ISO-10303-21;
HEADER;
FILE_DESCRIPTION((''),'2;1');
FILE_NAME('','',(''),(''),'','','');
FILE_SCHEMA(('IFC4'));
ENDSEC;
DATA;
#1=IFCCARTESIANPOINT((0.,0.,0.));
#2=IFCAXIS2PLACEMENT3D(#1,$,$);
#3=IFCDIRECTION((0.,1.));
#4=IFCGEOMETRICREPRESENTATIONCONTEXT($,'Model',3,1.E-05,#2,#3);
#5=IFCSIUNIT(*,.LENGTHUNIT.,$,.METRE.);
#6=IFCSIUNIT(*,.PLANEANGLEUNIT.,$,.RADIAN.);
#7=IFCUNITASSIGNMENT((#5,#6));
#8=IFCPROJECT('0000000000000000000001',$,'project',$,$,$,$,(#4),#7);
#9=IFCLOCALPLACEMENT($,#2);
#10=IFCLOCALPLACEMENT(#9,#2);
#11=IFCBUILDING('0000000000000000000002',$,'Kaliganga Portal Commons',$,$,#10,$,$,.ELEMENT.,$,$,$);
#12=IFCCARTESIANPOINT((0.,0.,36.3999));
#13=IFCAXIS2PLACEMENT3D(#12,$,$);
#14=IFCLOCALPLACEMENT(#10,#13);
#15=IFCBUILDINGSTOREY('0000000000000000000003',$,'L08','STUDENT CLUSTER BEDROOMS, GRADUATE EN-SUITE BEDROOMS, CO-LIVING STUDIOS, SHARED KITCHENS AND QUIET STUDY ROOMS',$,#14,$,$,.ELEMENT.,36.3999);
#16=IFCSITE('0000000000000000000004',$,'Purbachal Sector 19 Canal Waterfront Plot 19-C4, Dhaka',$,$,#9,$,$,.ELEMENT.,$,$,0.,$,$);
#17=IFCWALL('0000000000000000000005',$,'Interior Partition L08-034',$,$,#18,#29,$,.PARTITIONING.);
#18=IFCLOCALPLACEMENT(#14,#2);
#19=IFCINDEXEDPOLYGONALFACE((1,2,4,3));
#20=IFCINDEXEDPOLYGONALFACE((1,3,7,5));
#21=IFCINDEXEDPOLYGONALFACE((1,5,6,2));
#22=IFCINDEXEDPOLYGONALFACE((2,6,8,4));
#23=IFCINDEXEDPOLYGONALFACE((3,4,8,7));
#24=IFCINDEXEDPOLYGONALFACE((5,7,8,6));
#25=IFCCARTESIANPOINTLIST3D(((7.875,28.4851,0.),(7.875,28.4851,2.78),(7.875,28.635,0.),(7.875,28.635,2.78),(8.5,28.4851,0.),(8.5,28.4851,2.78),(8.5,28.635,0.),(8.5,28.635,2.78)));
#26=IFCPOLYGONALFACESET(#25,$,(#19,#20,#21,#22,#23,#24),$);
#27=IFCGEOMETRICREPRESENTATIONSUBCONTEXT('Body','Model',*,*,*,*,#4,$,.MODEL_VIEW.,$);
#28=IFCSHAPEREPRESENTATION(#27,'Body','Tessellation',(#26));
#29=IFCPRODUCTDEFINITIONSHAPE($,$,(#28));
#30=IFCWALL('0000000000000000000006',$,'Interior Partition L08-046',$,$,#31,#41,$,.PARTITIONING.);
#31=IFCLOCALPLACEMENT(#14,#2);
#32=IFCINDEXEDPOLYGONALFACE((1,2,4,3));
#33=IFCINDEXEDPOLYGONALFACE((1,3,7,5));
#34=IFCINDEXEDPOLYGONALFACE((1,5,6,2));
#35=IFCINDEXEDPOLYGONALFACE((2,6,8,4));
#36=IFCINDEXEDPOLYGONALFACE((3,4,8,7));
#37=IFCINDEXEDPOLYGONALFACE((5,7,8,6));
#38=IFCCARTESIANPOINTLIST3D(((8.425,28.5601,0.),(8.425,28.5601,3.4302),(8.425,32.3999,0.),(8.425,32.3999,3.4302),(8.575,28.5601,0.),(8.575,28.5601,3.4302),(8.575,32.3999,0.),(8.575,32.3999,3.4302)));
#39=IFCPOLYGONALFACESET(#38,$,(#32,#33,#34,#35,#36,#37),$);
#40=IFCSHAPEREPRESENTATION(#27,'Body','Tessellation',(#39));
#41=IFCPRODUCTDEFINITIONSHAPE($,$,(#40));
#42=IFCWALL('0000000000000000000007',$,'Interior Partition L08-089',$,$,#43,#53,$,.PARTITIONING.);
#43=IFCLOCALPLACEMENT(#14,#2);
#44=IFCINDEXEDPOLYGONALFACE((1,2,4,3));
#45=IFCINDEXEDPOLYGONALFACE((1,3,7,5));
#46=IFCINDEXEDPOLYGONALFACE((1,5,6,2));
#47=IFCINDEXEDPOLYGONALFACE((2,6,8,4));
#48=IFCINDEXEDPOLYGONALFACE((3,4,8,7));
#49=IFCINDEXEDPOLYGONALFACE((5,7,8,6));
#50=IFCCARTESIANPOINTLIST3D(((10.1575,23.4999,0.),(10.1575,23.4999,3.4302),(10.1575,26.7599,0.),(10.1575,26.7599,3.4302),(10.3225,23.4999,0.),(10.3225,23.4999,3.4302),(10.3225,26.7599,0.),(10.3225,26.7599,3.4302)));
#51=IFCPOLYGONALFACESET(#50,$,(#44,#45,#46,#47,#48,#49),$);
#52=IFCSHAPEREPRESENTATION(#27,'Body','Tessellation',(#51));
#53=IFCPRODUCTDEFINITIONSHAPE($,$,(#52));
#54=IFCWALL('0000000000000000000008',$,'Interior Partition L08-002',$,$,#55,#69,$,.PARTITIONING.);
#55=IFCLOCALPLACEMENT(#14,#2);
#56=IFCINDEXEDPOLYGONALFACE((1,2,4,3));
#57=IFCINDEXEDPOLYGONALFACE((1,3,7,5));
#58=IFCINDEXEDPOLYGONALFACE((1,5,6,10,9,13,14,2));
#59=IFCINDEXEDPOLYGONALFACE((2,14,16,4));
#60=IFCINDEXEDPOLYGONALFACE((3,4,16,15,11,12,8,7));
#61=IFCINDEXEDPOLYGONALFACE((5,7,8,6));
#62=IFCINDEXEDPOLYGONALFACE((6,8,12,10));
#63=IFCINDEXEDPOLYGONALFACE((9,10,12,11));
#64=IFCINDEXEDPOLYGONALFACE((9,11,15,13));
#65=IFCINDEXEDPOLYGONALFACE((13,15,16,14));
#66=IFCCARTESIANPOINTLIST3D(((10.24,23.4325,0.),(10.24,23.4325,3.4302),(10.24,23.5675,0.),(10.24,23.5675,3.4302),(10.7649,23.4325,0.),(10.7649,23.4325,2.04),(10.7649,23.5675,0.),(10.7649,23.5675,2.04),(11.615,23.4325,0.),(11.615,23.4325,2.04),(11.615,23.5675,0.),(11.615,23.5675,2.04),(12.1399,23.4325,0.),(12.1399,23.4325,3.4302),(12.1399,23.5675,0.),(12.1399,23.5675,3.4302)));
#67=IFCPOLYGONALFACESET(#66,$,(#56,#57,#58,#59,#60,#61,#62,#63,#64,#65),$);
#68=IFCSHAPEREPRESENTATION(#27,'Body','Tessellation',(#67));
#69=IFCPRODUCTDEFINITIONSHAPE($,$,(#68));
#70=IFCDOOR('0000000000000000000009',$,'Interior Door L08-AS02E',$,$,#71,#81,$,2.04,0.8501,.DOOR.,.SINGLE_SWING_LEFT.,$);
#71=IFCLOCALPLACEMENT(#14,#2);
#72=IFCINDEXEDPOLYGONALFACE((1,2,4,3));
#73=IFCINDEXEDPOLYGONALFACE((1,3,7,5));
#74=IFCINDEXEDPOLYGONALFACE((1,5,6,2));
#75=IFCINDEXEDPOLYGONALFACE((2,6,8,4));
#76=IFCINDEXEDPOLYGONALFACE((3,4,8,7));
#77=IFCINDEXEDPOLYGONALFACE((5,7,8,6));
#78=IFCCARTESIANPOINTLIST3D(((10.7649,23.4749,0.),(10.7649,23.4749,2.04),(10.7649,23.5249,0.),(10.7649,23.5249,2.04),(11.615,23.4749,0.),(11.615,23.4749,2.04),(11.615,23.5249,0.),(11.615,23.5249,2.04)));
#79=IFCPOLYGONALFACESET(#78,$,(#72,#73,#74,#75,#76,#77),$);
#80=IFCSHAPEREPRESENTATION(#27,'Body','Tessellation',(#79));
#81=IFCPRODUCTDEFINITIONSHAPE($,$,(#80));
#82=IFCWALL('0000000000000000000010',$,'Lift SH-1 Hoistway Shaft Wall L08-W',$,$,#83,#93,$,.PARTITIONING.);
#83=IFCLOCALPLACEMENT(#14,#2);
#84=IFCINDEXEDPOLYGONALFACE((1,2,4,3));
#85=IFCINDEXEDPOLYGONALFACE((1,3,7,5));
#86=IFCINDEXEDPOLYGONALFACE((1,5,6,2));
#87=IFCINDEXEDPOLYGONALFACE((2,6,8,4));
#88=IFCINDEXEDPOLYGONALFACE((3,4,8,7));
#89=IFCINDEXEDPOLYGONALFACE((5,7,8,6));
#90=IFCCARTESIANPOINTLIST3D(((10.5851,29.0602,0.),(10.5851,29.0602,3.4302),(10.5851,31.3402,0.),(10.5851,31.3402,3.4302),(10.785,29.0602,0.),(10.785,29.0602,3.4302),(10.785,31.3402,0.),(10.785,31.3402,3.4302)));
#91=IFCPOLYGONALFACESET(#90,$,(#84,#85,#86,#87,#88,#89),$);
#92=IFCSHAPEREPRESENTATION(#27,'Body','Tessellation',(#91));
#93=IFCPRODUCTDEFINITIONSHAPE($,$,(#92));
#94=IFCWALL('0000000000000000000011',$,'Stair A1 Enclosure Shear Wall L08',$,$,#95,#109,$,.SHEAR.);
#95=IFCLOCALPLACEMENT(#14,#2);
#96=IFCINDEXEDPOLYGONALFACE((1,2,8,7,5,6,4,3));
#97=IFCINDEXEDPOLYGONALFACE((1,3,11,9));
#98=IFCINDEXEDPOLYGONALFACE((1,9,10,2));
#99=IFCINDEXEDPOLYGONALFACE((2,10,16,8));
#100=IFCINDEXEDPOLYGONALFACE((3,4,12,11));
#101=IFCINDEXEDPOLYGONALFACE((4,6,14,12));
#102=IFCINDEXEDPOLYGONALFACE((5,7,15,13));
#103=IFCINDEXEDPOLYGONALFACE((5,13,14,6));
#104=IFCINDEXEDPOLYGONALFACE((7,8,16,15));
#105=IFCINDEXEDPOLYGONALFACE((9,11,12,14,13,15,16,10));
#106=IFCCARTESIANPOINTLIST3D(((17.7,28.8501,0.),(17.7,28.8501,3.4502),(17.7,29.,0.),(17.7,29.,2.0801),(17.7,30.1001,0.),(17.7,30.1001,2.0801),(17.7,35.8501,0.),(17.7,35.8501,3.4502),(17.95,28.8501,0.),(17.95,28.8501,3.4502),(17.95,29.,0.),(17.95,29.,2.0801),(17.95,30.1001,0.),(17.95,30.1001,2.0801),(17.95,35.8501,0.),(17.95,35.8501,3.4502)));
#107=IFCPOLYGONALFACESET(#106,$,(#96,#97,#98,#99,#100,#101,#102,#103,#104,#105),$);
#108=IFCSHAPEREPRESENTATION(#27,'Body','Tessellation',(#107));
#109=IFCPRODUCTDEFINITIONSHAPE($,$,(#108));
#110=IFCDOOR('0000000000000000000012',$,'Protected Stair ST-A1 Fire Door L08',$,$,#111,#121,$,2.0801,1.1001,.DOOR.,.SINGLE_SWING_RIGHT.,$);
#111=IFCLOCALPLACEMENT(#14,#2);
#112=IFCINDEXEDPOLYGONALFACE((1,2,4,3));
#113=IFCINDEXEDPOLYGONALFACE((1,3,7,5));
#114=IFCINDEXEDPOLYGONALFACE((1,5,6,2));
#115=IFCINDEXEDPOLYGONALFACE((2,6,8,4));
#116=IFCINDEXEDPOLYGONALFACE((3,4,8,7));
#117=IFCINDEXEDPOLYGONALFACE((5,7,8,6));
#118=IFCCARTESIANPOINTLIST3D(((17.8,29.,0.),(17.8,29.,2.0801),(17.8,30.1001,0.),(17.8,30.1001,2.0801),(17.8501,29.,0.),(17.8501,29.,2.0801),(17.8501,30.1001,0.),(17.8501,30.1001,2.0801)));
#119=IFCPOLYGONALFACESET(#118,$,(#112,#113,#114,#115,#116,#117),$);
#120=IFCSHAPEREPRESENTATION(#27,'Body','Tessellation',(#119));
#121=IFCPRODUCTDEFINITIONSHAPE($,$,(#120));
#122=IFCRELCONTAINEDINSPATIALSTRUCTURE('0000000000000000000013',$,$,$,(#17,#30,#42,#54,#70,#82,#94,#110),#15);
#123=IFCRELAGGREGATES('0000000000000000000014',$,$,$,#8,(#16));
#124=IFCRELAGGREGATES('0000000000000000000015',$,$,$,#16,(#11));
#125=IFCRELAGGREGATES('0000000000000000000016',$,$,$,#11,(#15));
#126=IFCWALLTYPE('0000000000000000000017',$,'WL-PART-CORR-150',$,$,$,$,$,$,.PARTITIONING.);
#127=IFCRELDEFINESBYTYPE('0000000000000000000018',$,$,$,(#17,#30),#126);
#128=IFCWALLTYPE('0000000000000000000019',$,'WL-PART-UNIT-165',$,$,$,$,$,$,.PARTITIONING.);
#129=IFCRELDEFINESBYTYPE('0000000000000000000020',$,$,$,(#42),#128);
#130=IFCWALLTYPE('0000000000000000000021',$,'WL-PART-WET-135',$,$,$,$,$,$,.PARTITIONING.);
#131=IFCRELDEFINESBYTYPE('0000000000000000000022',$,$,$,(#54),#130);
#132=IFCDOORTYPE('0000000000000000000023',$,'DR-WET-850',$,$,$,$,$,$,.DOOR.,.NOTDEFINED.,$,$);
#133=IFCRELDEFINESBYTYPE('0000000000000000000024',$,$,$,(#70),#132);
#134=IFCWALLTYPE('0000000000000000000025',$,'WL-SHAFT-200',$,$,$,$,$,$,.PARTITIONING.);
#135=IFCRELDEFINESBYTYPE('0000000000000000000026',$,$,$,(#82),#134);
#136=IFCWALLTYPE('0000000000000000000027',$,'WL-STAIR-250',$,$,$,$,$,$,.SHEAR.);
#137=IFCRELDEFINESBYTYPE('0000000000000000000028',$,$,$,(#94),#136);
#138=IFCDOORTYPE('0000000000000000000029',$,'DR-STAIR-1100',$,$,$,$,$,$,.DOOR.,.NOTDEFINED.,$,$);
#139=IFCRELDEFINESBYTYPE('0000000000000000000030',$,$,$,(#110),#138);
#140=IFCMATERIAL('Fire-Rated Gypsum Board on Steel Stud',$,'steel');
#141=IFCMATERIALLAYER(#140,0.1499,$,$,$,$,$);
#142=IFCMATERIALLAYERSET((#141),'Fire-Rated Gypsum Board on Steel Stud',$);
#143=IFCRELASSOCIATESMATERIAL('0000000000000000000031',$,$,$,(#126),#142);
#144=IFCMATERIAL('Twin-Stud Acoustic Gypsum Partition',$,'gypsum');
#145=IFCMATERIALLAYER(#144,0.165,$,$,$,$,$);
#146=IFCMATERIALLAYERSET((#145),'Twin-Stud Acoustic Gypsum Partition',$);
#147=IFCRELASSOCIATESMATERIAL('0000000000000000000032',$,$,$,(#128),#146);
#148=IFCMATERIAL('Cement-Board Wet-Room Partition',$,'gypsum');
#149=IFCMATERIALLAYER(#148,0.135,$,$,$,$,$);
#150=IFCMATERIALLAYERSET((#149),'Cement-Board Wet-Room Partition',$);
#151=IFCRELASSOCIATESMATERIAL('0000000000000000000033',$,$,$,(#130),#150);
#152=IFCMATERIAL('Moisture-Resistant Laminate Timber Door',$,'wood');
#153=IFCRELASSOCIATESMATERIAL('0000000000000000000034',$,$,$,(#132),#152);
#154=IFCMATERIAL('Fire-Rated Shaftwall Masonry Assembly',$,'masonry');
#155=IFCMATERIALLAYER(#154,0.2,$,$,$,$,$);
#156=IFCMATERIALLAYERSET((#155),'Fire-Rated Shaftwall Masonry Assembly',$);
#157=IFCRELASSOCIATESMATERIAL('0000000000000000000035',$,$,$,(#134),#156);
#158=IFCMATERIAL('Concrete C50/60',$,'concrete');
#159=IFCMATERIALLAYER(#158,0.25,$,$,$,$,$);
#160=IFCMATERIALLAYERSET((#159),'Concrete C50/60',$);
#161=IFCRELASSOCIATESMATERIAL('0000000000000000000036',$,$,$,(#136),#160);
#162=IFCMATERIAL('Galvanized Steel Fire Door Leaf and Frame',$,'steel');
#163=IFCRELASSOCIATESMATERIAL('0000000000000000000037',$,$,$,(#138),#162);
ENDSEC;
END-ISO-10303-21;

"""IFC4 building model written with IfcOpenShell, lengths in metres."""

from ifc_helpers import new_model, si_unit, direction, frame, frame_2d, origin, place, context, subcontext, project, spatial, rectangle, extrude, material, layer, layer_set, type_object, element, fill, save


model = new_model("IFC4")

# Units and contexts
model_context = context("Model", 3, precision=1e-05, world=origin(), true_north=direction((0.0, 1.0)))
body_context = subcontext(model_context, "Body", "Model", "MODEL_VIEW")
ifc_project = project(units=[si_unit("LENGTHUNIT", "METRE"), si_unit("PLANEANGLEUNIT", "RADIAN")], contexts=[model_context])

# Site, building, storey
site_placement = place(None, origin())
site = spatial("IfcSite", under=ifc_project, at=site_placement, Name="Purbachal Sector 19 Canal Waterfront Plot 19-C4, Dhaka", CompositionType="ELEMENT", RefElevation=0.0)
building_placement = place(site_placement, origin())
building = spatial("IfcBuilding", under=site, at=building_placement, Name="Kaliganga Portal Commons", CompositionType="ELEMENT")
storey_placement = place(building_placement, frame((0.0, 0.0, 36.3999)))
storey = spatial("IfcBuildingStorey", under=building, at=storey_placement, Name="L08", Description="STUDENT CLUSTER BEDROOMS, GRADUATE EN-SUITE BEDROOMS, CO-LIVING STUDIOS, SHARED KITCHENS AND QUIET STUDY ROOMS", CompositionType="ELEMENT", Elevation=36.3999)

# Shared definitions
ifc_material_1 = material(Name="Fire-Rated Gypsum Board on Steel Stud", Category="steel")
ifc_layer_1 = layer(ifc_material_1, 0.1499)
ifc_layer_set_1 = layer_set([ifc_layer_1], Name="Fire-Rated Gypsum Board on Steel Stud")
wall_type_1 = type_object("IfcWallType", Name="WL-PART-CORR-150", PredefinedType="PARTITIONING", material=ifc_layer_set_1)

# Walls
wall_1_placement = place(storey_placement, frame((7.875, 28.5601, 0.0), z_axis=(0.0, 0.0, 1.0), x_axis=(1.0, 0.0, 0.0)))
element("IfcWall", 1, at=wall_1_placement, inside=storey, type_object=wall_type_1, Name="Interior Partition L08-034", PredefinedType="PARTITIONING", context=body_context, shape_type="SweptSolid", body=[
    extrude(rectangle(XDim=0.625, YDim=0.1499, at=frame_2d((0.3125, 0.0))), origin(), (0.0, 0.0, 1.0), 2.78),
])
wall_2_placement = place(storey_placement, frame((8.5, 28.5601, 0.0), z_axis=(0.0, 0.0, 1.0), x_axis=(0.0, 1.0, 0.0)))
element("IfcWall", 2, at=wall_2_placement, inside=storey, type_object=wall_type_1, Name="Interior Partition L08-046", PredefinedType="PARTITIONING", context=body_context, shape_type="SweptSolid", body=[
    extrude(rectangle(XDim=3.8398, YDim=0.1499, at=frame_2d((1.9199, 0.0))), origin(), (0.0, 0.0, 1.0), 3.4302),
])
ifc_material_2 = material(Name="Twin-Stud Acoustic Gypsum Partition", Category="gypsum")
ifc_layer_2 = layer(ifc_material_2, 0.165)
ifc_layer_set_2 = layer_set([ifc_layer_2], Name="Twin-Stud Acoustic Gypsum Partition")
wall_type_2 = type_object("IfcWallType", Name="WL-PART-UNIT-165", PredefinedType="PARTITIONING", material=ifc_layer_set_2)
wall_3_placement = place(storey_placement, frame((10.24, 23.5, 0.0), z_axis=(0.0, 0.0, 1.0), x_axis=(0.0, 1.0, 0.0)))
element("IfcWall", 3, at=wall_3_placement, inside=storey, type_object=wall_type_2, Name="Interior Partition L08-089", PredefinedType="PARTITIONING", context=body_context, shape_type="SweptSolid", body=[
    extrude(rectangle(XDim=3.26, YDim=0.165, at=frame_2d((1.6299, 0.0))), origin(), (0.0, 0.0, 1.0), 3.4302),
])

# Wall, opening, door
ifc_material_3 = material(Name="Cement-Board Wet-Room Partition", Category="gypsum")
ifc_layer_3 = layer(ifc_material_3, 0.135)
ifc_layer_set_3 = layer_set([ifc_layer_3], Name="Cement-Board Wet-Room Partition")
wall_type_3 = type_object("IfcWallType", Name="WL-PART-WET-135", PredefinedType="PARTITIONING", material=ifc_layer_set_3)
wall_4_placement = place(storey_placement, frame((10.24, 23.5, 0.0), z_axis=(0.0, 0.0, 1.0), x_axis=(1.0, 0.0, 0.0)))
wall_4 = element("IfcWall", 4, at=wall_4_placement, inside=storey, type_object=wall_type_3, Name="Interior Partition L08-002", PredefinedType="PARTITIONING", context=body_context, shape_type="SweptSolid", body=[
    extrude(rectangle(XDim=1.8999, YDim=0.135, at=frame_2d((0.95, 0.0))), origin(), (0.0, 0.0, 1.0), 3.4302),
])
opening_1_placement = place(wall_4_placement, frame((0.5249, 0.0, 0.0)))
opening_1 = element("IfcOpeningElement", 5, at=opening_1_placement, cuts=wall_4, PredefinedType="OPENING", context=body_context, shape_type="SweptSolid", body=[
    extrude(rectangle(XDim=0.8501, YDim=2.04, at=frame_2d((0.425, 1.02))), frame((0.0, 0.0776, 0.0), z_axis=(0.0, -1.0, 0.0), x_axis=(1.0, 0.0, 0.0)), (0.0, 0.0, 1.0), 0.155),
])
ifc_material_4 = material(Name="Moisture-Resistant Laminate Timber Door", Category="wood")
door_type_1 = type_object("IfcDoorType", Name="DR-WET-850", OperationType="NOTDEFINED", PredefinedType="DOOR", material=ifc_material_4)
door_1_placement = place(opening_1_placement, origin())
door_1 = element("IfcDoor", 6, at=door_1_placement, inside=storey, type_object=door_type_1, Name="Interior Door L08-AS02E", OperationType="SINGLE_SWING_LEFT", OverallHeight=2.04, OverallWidth=0.8501, PredefinedType="DOOR", context=body_context, shape_type="SweptSolid", body=[
    extrude(rectangle(XDim=0.8501, YDim=2.04, at=frame_2d((0.425, 1.02))), frame((0.0, 0.0249, 0.0), z_axis=(0.0, -1.0, 0.0), x_axis=(1.0, 0.0, 0.0)), (0.0, 0.0, 1.0), 0.05),
])
fill(opening_1, door_1)

# Wall
ifc_material_5 = material(Name="Fire-Rated Shaftwall Masonry Assembly", Category="masonry")
ifc_layer_4 = layer(ifc_material_5, 0.2)
ifc_layer_set_4 = layer_set([ifc_layer_4], Name="Fire-Rated Shaftwall Masonry Assembly")
wall_type_4 = type_object("IfcWallType", Name="WL-SHAFT-200", PredefinedType="PARTITIONING", material=ifc_layer_set_4)
wall_5_placement = place(storey_placement, frame((10.6851, 29.0601, 0.0), z_axis=(0.0, 0.0, 1.0), x_axis=(0.0, 1.0, 0.0)))
element("IfcWall", 7, at=wall_5_placement, inside=storey, type_object=wall_type_4, Name="Lift SH-1 Hoistway Shaft Wall L08-W", PredefinedType="PARTITIONING", context=body_context, shape_type="SweptSolid", body=[
    extrude(rectangle(XDim=2.28, YDim=0.2, at=frame_2d((1.1401, 0.0))), origin(), (0.0, 0.0, 1.0), 3.4302),
])

# Wall, opening, door
ifc_material_6 = material(Name="Concrete C50/60", Category="concrete")
ifc_layer_5 = layer(ifc_material_6, 0.25)
ifc_layer_set_5 = layer_set([ifc_layer_5], Name="Concrete C50/60")
wall_type_5 = type_object("IfcWallType", Name="WL-STAIR-250", PredefinedType="SHEAR", material=ifc_layer_set_5)
wall_6_placement = place(storey_placement, frame((17.825, 28.8501, 0.0), z_axis=(0.0, 0.0, 1.0), x_axis=(0.0, 1.0, 0.0)))
wall_6 = element("IfcWall", 8, at=wall_6_placement, inside=storey, type_object=wall_type_5, Name="Stair A1 Enclosure Shear Wall L08", PredefinedType="SHEAR", context=body_context, shape_type="SweptSolid", body=[
    extrude(rectangle(XDim=7.0, YDim=0.25, at=frame_2d((3.5, 0.0))), origin(), (0.0, 0.0, 1.0), 3.4502),
])
opening_2_placement = place(wall_6_placement, frame((0.1499, 0.0, 0.0)))
opening_2 = element("IfcOpeningElement", 9, at=opening_2_placement, cuts=wall_6, PredefinedType="OPENING", context=body_context, shape_type="SweptSolid", body=[
    extrude(rectangle(XDim=1.1001, YDim=2.0801, at=frame_2d((0.55, 1.04))), frame((0.0, 0.135, 0.0), z_axis=(0.0, -1.0, 0.0), x_axis=(1.0, 0.0, 0.0)), (0.0, 0.0, 1.0), 0.27),
])
ifc_material_7 = material(Name="Galvanized Steel Fire Door Leaf and Frame", Category="steel")
door_type_2 = type_object("IfcDoorType", Name="DR-STAIR-1100", OperationType="NOTDEFINED", PredefinedType="DOOR", material=ifc_material_7)
door_2_placement = place(opening_2_placement, origin())
door_2 = element("IfcDoor", 10, at=door_2_placement, inside=storey, type_object=door_type_2, Name="Protected Stair ST-A1 Fire Door L08", OperationType="SINGLE_SWING_RIGHT", OverallHeight=2.0801, OverallWidth=1.1001, PredefinedType="DOOR", context=body_context, shape_type="SweptSolid", body=[
    extrude(rectangle(XDim=1.1001, YDim=2.0801, at=frame_2d((0.55, 1.04))), frame((0.0, 0.0249, 0.0), z_axis=(0.0, -1.0, 0.0), x_axis=(1.0, 0.0, 0.0)), (0.0, 0.0, 1.0), 0.05),
])
fill(opening_2, door_2)

save(model, "model.ifc")
